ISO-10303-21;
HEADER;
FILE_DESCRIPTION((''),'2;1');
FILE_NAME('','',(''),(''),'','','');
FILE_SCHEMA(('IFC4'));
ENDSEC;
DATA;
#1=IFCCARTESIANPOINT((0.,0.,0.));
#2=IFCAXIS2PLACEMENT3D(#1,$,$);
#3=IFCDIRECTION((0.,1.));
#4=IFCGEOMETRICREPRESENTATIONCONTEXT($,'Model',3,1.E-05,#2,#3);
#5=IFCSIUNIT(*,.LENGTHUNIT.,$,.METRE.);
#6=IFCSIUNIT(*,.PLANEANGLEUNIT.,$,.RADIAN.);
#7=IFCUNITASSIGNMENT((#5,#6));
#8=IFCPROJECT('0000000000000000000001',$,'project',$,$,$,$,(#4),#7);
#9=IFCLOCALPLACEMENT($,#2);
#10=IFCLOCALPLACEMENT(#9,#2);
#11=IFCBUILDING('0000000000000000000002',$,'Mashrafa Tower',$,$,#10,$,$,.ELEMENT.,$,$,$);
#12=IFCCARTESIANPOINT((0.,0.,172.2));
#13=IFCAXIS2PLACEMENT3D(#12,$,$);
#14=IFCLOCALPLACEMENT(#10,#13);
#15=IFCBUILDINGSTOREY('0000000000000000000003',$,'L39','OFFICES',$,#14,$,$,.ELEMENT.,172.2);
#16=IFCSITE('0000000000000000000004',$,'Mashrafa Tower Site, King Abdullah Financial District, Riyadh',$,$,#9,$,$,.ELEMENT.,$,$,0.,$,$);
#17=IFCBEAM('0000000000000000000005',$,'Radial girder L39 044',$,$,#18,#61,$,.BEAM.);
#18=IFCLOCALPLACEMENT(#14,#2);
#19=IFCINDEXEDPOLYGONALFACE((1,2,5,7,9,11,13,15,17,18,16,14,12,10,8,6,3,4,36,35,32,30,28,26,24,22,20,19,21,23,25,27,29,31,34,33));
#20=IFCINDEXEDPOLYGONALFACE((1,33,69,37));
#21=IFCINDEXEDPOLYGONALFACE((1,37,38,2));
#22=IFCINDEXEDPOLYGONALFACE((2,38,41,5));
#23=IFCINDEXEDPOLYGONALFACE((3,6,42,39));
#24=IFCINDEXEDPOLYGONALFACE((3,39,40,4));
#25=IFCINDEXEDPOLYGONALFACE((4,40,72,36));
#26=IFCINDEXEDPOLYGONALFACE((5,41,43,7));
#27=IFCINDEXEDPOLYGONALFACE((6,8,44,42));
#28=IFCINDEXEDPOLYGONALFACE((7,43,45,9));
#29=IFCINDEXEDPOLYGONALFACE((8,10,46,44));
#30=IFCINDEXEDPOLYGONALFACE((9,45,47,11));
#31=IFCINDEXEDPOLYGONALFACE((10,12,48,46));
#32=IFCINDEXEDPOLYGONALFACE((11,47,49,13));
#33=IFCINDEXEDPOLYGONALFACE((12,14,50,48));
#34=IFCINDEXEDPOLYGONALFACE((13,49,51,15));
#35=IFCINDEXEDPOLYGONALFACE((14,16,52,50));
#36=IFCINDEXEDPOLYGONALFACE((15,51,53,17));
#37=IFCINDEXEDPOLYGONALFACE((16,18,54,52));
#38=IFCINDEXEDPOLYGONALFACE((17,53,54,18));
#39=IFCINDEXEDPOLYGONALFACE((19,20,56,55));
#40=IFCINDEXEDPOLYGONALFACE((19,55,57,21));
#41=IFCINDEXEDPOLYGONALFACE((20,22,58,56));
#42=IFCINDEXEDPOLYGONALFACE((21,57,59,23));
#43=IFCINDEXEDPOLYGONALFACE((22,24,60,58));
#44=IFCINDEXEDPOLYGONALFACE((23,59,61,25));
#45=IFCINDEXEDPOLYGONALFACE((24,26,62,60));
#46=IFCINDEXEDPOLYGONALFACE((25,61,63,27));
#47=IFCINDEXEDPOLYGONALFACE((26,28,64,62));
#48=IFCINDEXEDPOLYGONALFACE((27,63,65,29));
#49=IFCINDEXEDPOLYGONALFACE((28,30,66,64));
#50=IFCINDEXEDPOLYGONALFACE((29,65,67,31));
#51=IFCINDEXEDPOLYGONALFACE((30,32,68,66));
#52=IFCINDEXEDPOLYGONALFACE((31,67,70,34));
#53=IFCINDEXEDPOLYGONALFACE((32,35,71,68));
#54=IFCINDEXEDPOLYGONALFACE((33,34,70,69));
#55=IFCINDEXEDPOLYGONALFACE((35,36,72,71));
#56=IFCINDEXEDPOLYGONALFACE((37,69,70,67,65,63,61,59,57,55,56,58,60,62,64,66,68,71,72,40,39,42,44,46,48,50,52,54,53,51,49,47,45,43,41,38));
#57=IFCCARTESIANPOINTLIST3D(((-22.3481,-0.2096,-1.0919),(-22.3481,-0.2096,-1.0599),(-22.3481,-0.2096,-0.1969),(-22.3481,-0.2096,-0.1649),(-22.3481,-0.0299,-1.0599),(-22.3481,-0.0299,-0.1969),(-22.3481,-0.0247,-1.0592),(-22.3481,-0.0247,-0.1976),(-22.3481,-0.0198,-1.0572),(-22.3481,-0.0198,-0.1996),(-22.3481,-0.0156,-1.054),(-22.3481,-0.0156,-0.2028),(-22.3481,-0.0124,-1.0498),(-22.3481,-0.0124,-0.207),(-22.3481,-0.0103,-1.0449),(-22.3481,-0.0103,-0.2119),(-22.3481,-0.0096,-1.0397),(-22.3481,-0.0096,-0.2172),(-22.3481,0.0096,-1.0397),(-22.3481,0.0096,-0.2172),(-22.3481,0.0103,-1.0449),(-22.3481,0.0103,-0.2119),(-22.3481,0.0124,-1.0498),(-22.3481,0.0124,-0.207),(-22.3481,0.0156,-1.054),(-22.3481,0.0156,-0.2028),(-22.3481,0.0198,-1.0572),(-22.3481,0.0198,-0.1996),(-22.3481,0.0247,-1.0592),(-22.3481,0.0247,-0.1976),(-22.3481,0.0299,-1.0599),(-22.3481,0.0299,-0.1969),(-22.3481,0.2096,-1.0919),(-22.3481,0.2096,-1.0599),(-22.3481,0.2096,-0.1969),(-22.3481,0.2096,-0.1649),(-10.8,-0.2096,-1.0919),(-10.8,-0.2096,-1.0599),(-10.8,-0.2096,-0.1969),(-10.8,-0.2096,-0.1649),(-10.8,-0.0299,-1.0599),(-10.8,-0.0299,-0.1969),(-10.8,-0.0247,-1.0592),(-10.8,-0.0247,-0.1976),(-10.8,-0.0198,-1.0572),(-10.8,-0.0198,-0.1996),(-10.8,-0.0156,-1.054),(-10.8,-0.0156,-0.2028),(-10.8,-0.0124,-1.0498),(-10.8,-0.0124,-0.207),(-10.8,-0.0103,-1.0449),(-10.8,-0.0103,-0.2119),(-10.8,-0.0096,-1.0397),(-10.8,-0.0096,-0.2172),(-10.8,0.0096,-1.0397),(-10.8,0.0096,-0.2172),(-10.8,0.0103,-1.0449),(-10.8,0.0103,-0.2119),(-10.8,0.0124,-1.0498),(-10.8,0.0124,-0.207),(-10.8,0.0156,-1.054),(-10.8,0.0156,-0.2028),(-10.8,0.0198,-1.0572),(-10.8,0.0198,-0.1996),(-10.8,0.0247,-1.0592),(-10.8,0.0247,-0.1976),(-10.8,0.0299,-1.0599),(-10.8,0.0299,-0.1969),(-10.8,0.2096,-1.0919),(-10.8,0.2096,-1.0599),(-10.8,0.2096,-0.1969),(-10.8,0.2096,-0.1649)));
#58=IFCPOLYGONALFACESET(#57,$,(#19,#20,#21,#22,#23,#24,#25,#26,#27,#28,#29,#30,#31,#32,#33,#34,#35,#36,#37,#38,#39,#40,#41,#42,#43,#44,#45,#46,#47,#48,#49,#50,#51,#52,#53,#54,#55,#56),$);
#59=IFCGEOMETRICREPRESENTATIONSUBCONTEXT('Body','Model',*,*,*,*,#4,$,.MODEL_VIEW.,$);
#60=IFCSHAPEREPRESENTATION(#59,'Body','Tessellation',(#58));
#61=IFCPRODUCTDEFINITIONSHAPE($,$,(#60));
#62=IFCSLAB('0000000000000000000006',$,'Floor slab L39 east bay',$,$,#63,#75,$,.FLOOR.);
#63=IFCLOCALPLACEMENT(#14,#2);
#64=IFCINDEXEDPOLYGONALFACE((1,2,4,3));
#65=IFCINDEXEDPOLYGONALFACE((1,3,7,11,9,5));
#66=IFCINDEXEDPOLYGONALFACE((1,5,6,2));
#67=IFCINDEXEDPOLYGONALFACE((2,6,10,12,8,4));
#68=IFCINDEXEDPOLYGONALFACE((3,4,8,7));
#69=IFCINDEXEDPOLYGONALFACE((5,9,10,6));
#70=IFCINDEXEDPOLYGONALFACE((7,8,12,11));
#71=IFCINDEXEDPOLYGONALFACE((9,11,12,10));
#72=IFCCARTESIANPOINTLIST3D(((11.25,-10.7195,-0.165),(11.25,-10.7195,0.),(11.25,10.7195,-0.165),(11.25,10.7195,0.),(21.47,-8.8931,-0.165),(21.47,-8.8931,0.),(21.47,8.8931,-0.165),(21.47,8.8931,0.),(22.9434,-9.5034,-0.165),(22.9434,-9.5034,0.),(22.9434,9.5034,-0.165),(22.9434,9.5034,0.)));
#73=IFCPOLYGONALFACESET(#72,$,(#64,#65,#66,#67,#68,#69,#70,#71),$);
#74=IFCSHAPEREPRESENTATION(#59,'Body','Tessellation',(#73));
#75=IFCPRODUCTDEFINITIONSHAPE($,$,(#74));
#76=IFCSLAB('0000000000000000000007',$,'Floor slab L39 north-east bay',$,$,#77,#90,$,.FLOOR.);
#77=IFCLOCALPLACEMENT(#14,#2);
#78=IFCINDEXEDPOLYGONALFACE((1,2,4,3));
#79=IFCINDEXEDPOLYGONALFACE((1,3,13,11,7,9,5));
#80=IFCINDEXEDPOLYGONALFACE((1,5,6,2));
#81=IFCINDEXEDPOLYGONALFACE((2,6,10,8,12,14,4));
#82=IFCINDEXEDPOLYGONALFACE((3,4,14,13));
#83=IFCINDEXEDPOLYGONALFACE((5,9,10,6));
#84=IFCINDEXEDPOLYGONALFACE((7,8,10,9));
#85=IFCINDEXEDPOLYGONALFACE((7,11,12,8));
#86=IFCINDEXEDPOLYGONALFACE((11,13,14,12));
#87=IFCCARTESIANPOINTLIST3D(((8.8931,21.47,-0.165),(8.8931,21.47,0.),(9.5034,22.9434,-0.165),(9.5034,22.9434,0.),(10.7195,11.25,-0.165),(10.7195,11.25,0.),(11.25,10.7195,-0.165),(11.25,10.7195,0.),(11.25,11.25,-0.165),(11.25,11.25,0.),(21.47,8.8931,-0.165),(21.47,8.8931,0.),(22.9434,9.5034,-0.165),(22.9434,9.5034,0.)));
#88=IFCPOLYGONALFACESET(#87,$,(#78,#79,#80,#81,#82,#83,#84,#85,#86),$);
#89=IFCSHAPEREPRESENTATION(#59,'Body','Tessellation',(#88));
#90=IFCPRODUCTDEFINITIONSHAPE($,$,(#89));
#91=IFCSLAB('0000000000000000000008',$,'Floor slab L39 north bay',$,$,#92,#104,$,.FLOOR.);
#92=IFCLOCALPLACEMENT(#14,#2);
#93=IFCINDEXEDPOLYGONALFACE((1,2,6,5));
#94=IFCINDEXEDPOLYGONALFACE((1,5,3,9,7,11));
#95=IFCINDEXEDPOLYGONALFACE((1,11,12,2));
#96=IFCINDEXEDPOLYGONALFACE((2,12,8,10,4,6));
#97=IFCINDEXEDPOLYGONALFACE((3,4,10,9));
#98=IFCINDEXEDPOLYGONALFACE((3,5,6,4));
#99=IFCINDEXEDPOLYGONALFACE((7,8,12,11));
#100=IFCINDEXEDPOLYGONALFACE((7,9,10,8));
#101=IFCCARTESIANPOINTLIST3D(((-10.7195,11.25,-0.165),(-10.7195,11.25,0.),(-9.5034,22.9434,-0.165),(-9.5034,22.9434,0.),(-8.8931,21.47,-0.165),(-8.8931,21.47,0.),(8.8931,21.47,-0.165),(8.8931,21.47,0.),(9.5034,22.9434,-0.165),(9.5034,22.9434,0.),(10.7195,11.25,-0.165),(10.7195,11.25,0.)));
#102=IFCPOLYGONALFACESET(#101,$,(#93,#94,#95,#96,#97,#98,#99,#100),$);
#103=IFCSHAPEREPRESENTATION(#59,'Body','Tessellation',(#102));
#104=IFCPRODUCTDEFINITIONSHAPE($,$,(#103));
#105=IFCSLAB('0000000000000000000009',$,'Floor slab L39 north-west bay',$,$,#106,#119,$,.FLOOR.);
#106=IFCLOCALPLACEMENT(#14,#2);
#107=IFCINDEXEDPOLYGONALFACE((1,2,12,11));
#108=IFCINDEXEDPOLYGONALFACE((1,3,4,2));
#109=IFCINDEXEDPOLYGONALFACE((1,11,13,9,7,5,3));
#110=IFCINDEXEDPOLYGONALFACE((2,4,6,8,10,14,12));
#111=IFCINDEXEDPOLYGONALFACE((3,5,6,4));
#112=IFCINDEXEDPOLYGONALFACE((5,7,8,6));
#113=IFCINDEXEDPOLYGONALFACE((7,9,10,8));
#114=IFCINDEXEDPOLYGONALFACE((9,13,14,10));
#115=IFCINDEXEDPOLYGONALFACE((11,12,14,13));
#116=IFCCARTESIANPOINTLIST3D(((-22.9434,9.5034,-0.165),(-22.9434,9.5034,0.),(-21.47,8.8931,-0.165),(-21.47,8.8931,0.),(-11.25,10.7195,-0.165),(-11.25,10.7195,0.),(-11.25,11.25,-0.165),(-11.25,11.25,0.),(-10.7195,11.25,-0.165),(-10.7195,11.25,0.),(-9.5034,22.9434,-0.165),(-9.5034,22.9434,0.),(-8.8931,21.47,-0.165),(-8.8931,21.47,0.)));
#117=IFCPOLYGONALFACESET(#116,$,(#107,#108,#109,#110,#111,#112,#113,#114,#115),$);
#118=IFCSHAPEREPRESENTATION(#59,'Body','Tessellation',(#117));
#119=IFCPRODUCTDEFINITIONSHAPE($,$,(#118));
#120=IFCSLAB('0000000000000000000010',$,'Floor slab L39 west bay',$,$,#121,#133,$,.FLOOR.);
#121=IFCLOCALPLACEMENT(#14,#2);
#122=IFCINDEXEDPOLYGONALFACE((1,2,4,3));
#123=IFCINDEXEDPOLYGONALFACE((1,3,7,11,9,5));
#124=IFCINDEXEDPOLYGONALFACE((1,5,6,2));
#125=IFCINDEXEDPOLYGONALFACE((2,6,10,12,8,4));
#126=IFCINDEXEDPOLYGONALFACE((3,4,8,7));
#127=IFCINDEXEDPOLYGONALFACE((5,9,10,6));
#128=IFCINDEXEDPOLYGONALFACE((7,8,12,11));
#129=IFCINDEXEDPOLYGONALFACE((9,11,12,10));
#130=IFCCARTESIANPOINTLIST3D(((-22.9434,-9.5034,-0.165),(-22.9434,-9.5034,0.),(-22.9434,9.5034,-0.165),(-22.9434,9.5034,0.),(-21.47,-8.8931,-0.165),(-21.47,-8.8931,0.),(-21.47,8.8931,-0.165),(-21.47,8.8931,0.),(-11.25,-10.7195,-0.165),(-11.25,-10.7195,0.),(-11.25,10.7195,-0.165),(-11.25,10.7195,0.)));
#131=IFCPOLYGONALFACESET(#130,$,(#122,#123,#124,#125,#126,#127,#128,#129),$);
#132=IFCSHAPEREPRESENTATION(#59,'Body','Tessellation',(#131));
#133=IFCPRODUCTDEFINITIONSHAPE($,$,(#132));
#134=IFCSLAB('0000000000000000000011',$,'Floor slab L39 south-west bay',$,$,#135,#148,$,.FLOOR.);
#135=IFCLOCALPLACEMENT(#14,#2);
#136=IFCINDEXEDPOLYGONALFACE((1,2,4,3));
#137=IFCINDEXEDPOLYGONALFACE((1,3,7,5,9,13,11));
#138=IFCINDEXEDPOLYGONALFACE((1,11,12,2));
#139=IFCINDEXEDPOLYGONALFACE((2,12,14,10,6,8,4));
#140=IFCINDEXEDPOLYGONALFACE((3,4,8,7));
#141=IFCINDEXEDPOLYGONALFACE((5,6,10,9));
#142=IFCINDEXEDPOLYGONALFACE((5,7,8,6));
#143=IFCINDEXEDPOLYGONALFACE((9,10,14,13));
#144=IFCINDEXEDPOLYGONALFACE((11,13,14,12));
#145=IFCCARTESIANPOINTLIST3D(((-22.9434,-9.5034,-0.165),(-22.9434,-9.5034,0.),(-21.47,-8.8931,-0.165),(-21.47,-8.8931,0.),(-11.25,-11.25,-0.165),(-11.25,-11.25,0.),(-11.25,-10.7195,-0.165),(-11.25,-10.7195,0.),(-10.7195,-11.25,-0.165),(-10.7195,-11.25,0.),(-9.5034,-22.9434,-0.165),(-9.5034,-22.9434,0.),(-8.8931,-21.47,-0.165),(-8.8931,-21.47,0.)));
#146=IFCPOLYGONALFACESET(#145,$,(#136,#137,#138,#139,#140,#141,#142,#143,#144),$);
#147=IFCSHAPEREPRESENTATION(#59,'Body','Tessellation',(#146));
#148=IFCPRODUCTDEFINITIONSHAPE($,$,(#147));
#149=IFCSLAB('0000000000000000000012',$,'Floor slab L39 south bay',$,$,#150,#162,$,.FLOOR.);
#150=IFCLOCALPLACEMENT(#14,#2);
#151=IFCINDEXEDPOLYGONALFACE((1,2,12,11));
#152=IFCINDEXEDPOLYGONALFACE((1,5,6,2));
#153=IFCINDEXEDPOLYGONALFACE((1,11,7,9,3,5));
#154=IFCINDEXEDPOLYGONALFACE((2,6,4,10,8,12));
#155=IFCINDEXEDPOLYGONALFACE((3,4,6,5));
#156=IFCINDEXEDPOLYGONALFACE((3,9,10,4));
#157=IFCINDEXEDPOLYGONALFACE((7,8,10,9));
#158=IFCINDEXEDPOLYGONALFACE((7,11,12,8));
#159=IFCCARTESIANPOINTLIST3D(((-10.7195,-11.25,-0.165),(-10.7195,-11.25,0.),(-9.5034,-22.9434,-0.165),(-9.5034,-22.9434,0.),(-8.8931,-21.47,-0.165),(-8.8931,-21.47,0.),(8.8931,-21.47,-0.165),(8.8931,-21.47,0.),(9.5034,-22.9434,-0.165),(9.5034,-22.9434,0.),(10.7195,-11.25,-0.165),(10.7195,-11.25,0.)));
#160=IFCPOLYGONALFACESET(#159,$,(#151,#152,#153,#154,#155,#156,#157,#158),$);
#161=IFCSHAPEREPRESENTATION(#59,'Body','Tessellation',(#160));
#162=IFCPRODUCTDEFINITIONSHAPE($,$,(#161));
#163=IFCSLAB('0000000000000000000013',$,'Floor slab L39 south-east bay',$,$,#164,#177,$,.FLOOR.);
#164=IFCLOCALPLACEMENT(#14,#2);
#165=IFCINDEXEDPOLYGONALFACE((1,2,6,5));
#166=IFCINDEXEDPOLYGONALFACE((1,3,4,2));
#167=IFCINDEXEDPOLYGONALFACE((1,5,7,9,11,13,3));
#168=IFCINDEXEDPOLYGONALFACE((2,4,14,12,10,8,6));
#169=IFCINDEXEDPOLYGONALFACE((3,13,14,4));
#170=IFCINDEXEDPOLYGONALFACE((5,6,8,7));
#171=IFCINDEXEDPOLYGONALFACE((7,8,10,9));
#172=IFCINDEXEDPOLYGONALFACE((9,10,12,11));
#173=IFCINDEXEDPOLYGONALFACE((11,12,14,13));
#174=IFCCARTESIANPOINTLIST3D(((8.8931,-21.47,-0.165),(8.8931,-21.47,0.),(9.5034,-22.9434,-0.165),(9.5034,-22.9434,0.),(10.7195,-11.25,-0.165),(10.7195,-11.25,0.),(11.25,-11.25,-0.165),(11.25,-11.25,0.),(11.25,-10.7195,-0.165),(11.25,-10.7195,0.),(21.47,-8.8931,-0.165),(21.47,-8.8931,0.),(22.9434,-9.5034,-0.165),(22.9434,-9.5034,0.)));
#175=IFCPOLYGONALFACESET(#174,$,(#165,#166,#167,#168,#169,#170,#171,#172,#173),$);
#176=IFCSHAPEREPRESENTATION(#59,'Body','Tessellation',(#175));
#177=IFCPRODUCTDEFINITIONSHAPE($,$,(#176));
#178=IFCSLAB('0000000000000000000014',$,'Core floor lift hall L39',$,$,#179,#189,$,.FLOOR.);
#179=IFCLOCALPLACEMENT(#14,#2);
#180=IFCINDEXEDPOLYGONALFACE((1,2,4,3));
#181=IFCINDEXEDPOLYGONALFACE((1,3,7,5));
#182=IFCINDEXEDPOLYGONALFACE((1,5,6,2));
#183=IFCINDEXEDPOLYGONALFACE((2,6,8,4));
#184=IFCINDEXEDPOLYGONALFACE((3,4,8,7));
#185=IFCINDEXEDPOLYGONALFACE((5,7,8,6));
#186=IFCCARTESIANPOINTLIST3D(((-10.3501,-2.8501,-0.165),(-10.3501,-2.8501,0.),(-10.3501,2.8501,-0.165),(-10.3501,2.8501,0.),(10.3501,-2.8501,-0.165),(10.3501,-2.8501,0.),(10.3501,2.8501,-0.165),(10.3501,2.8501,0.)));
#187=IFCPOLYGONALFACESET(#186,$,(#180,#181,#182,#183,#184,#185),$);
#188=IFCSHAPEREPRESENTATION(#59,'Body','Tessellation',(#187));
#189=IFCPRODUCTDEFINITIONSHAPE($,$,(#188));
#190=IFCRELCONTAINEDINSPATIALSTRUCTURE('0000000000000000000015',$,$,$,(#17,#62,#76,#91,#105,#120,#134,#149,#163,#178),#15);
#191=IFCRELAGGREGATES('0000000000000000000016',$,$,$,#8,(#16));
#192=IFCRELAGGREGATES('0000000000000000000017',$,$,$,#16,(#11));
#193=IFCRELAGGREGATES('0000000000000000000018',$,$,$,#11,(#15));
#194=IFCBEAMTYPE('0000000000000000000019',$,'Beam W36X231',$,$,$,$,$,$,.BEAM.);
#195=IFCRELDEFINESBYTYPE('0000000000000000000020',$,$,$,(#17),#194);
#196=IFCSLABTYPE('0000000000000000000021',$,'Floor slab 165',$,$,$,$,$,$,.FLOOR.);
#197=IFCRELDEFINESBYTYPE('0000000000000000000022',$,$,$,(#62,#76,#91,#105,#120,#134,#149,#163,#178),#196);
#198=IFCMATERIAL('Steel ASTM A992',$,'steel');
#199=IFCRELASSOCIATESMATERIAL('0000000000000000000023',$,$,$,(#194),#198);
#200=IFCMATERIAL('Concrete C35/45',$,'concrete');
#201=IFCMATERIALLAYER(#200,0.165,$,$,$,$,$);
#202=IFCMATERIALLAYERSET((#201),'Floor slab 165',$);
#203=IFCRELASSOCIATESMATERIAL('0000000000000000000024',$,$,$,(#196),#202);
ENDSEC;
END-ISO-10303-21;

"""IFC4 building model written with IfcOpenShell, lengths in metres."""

from ifc_helpers import new_model, si_unit, direction, frame, origin, origin_2d, place, context, subcontext, project, spatial, polyline, i_section, outline, extrude, material, layer, layer_set, material_profile, profile_set, type_object, element, save


model = new_model("IFC4")

# Units and contexts
model_context = context("Model", 3, precision=1e-05, world=origin(), true_north=direction((0.0, 1.0)))
body_context = subcontext(model_context, "Body", "Model", "MODEL_VIEW")
ifc_project = project(units=[si_unit("LENGTHUNIT", "METRE"), si_unit("PLANEANGLEUNIT", "RADIAN")], contexts=[model_context])

# Site, building, storey
site_placement = place(None, origin())
site = spatial("IfcSite", under=ifc_project, at=site_placement, Name="Mashrafa Tower Site, King Abdullah Financial District, Riyadh", CompositionType="ELEMENT", RefElevation=0.0)
building_placement = place(site_placement, origin())
building = spatial("IfcBuilding", under=site, at=building_placement, Name="Mashrafa Tower", CompositionType="ELEMENT")
storey_placement = place(building_placement, frame((0.0, 0.0, 172.2)))
storey = spatial("IfcBuildingStorey", under=building, at=storey_placement, Name="L39", Description="OFFICES", CompositionType="ELEMENT", Elevation=172.2)

# Beam
ifc_material_1 = material(Name="Steel ASTM A992", Category="steel")
ifc_material_profile = material_profile(ifc_material_1, i_section(OverallWidth=0.4192, OverallDepth=0.927, WebThickness=0.0193, FlangeThickness=0.032, FilletRadius=0.0203, at=origin_2d()), Name="W36X231")
ifc_profile_set = profile_set([ifc_material_profile], Name="Steel ASTM A992")
beam_type = type_object("IfcBeamType", Name="Beam W36X231", PredefinedType="BEAM", material=ifc_profile_set)
beam_placement = place(storey_placement, frame((-10.8, 0.0, -0.6284), z_axis=(-1.0, 0.0, 0.0), x_axis=(0.0, -1.0, 0.0)))
element("IfcBeam", 1, at=beam_placement, inside=storey, type_object=beam_type, Name="Radial girder L39 044", PredefinedType="BEAM", context=body_context, shape_type="SweptSolid", body=[
    extrude(i_section(OverallWidth=0.4192, OverallDepth=0.927, WebThickness=0.0193, FlangeThickness=0.032, FilletRadius=0.0203, at=origin_2d()), origin(), (0.0, 0.0, 1.0), 11.5481),
])

# Slabs
ifc_material_2 = material(Name="Concrete C35/45", Category="concrete")
ifc_layer_1 = layer(ifc_material_2, 0.165)
ifc_layer_set_1 = layer_set([ifc_layer_1], Name="Floor slab 165")
slab_type = type_object("IfcSlabType", Name="Floor slab 165", PredefinedType="FLOOR", material=ifc_layer_set_1)
slab_1_placement = place(storey_placement, frame((0.0, 0.0, -0.165)))
element("IfcSlab", 2, at=slab_1_placement, inside=storey, type_object=slab_type, Name="Floor slab L39 east bay", PredefinedType="FLOOR", context=body_context, shape_type="SweptSolid", body=[
    extrude(outline(polyline([(22.9434, -9.5034), (21.47, -8.8931), (11.25, -10.7195), (11.25, 10.7195), (21.47, 8.8931), (22.9434, 9.5034), (22.9434, -9.5034)])), origin(), (0.0, 0.0, 1.0), 0.165),
])
slab_2_placement = place(storey_placement, frame((0.0, 0.0, -0.165)))
element("IfcSlab", 3, at=slab_2_placement, inside=storey, type_object=slab_type, Name="Floor slab L39 north-east bay", PredefinedType="FLOOR", context=body_context, shape_type="SweptSolid", body=[
    extrude(outline(polyline([(9.5034, 22.9434), (22.9434, 9.5034), (22.9434, 9.5034), (21.47, 8.8931), (11.25, 10.7195), (11.25, 11.25), (10.7195, 11.25), (8.8931, 21.47), (9.5034, 22.9434), (9.5034, 22.9434)])), origin(), (0.0, 0.0, 1.0), 0.165),
])
slab_3_placement = place(storey_placement, frame((0.0, 0.0, -0.165)))
element("IfcSlab", 4, at=slab_3_placement, inside=storey, type_object=slab_type, Name="Floor slab L39 north bay", PredefinedType="FLOOR", context=body_context, shape_type="SweptSolid", body=[
    extrude(outline(polyline([(9.5034, 22.9434), (8.8931, 21.47), (10.7195, 11.25), (-10.7195, 11.25), (-8.8931, 21.47), (-9.5034, 22.9434), (9.5034, 22.9434)])), origin(), (0.0, 0.0, 1.0), 0.165),
])
slab_4_placement = place(storey_placement, frame((0.0, 0.0, -0.165)))
element("IfcSlab", 5, at=slab_4_placement, inside=storey, type_object=slab_type, Name="Floor slab L39 north-west bay", PredefinedType="FLOOR", context=body_context, shape_type="SweptSolid", body=[
    extrude(outline(polyline([(-22.9434, 9.5034), (-9.5034, 22.9434), (-9.5034, 22.9434), (-8.8931, 21.47), (-10.7195, 11.25), (-11.25, 11.25), (-11.25, 10.7195), (-21.47, 8.8931), (-22.9434, 9.5034), (-22.9434, 9.5034)])), origin(), (0.0, 0.0, 1.0), 0.165),
])
slab_5_placement = place(storey_placement, frame((0.0, 0.0, -0.165)))
element("IfcSlab", 6, at=slab_5_placement, inside=storey, type_object=slab_type, Name="Floor slab L39 west bay", PredefinedType="FLOOR", context=body_context, shape_type="SweptSolid", body=[
    extrude(outline(polyline([(-22.9434, 9.5034), (-21.47, 8.8931), (-11.25, 10.7195), (-11.25, -10.7195), (-21.47, -8.8931), (-22.9434, -9.5034), (-22.9434, 9.5034)])), origin(), (0.0, 0.0, 1.0), 0.165),
])
slab_6_placement = place(storey_placement, frame((0.0, 0.0, -0.165)))
element("IfcSlab", 7, at=slab_6_placement, inside=storey, type_object=slab_type, Name="Floor slab L39 south-west bay", PredefinedType="FLOOR", context=body_context, shape_type="SweptSolid", body=[
    extrude(outline(polyline([(-9.5034, -22.9434), (-22.9434, -9.5034), (-22.9434, -9.5034), (-21.47, -8.8931), (-11.25, -10.7195), (-11.25, -11.25), (-10.7195, -11.25), (-8.8931, -21.47), (-9.5034, -22.9434), (-9.5034, -22.9434)])), origin(), (0.0, 0.0, 1.0), 0.165),
])
slab_7_placement = place(storey_placement, frame((0.0, 0.0, -0.165)))
element("IfcSlab", 8, at=slab_7_placement, inside=storey, type_object=slab_type, Name="Floor slab L39 south bay", PredefinedType="FLOOR", context=body_context, shape_type="SweptSolid", body=[
    extrude(outline(polyline([(-9.5034, -22.9434), (-8.8931, -21.47), (-10.7195, -11.25), (10.7195, -11.25), (8.8931, -21.47), (9.5034, -22.9434), (-9.5034, -22.9434)])), origin(), (0.0, 0.0, 1.0), 0.165),
])
slab_8_placement = place(storey_placement, frame((0.0, 0.0, -0.165)))
element("IfcSlab", 9, at=slab_8_placement, inside=storey, type_object=slab_type, Name="Floor slab L39 south-east bay", PredefinedType="FLOOR", context=body_context, shape_type="SweptSolid", body=[
    extrude(outline(polyline([(9.5034, -22.9434), (8.8931, -21.47), (10.7195, -11.25), (11.25, -11.25), (11.25, -10.7195), (21.47, -8.8931), (22.9434, -9.5034), (22.9434, -9.5034), (9.5034, -22.9434), (9.5034, -22.9434)])), origin(), (0.0, 0.0, 1.0), 0.165),
])
slab_9_placement = place(storey_placement, frame((0.0, 0.0, -0.165)))
element("IfcSlab", 10, at=slab_9_placement, inside=storey, type_object=slab_type, Name="Core floor lift hall L39", PredefinedType="FLOOR", context=body_context, shape_type="SweptSolid", body=[
    extrude(outline(polyline([(-10.3501, 2.8501), (10.3501, 2.8501), (10.3501, -2.8501), (-10.3501, -2.8501), (-10.3501, 2.8501)])), origin(), (0.0, 0.0, 1.0), 0.165),
])

save(model, "model.ifc")
